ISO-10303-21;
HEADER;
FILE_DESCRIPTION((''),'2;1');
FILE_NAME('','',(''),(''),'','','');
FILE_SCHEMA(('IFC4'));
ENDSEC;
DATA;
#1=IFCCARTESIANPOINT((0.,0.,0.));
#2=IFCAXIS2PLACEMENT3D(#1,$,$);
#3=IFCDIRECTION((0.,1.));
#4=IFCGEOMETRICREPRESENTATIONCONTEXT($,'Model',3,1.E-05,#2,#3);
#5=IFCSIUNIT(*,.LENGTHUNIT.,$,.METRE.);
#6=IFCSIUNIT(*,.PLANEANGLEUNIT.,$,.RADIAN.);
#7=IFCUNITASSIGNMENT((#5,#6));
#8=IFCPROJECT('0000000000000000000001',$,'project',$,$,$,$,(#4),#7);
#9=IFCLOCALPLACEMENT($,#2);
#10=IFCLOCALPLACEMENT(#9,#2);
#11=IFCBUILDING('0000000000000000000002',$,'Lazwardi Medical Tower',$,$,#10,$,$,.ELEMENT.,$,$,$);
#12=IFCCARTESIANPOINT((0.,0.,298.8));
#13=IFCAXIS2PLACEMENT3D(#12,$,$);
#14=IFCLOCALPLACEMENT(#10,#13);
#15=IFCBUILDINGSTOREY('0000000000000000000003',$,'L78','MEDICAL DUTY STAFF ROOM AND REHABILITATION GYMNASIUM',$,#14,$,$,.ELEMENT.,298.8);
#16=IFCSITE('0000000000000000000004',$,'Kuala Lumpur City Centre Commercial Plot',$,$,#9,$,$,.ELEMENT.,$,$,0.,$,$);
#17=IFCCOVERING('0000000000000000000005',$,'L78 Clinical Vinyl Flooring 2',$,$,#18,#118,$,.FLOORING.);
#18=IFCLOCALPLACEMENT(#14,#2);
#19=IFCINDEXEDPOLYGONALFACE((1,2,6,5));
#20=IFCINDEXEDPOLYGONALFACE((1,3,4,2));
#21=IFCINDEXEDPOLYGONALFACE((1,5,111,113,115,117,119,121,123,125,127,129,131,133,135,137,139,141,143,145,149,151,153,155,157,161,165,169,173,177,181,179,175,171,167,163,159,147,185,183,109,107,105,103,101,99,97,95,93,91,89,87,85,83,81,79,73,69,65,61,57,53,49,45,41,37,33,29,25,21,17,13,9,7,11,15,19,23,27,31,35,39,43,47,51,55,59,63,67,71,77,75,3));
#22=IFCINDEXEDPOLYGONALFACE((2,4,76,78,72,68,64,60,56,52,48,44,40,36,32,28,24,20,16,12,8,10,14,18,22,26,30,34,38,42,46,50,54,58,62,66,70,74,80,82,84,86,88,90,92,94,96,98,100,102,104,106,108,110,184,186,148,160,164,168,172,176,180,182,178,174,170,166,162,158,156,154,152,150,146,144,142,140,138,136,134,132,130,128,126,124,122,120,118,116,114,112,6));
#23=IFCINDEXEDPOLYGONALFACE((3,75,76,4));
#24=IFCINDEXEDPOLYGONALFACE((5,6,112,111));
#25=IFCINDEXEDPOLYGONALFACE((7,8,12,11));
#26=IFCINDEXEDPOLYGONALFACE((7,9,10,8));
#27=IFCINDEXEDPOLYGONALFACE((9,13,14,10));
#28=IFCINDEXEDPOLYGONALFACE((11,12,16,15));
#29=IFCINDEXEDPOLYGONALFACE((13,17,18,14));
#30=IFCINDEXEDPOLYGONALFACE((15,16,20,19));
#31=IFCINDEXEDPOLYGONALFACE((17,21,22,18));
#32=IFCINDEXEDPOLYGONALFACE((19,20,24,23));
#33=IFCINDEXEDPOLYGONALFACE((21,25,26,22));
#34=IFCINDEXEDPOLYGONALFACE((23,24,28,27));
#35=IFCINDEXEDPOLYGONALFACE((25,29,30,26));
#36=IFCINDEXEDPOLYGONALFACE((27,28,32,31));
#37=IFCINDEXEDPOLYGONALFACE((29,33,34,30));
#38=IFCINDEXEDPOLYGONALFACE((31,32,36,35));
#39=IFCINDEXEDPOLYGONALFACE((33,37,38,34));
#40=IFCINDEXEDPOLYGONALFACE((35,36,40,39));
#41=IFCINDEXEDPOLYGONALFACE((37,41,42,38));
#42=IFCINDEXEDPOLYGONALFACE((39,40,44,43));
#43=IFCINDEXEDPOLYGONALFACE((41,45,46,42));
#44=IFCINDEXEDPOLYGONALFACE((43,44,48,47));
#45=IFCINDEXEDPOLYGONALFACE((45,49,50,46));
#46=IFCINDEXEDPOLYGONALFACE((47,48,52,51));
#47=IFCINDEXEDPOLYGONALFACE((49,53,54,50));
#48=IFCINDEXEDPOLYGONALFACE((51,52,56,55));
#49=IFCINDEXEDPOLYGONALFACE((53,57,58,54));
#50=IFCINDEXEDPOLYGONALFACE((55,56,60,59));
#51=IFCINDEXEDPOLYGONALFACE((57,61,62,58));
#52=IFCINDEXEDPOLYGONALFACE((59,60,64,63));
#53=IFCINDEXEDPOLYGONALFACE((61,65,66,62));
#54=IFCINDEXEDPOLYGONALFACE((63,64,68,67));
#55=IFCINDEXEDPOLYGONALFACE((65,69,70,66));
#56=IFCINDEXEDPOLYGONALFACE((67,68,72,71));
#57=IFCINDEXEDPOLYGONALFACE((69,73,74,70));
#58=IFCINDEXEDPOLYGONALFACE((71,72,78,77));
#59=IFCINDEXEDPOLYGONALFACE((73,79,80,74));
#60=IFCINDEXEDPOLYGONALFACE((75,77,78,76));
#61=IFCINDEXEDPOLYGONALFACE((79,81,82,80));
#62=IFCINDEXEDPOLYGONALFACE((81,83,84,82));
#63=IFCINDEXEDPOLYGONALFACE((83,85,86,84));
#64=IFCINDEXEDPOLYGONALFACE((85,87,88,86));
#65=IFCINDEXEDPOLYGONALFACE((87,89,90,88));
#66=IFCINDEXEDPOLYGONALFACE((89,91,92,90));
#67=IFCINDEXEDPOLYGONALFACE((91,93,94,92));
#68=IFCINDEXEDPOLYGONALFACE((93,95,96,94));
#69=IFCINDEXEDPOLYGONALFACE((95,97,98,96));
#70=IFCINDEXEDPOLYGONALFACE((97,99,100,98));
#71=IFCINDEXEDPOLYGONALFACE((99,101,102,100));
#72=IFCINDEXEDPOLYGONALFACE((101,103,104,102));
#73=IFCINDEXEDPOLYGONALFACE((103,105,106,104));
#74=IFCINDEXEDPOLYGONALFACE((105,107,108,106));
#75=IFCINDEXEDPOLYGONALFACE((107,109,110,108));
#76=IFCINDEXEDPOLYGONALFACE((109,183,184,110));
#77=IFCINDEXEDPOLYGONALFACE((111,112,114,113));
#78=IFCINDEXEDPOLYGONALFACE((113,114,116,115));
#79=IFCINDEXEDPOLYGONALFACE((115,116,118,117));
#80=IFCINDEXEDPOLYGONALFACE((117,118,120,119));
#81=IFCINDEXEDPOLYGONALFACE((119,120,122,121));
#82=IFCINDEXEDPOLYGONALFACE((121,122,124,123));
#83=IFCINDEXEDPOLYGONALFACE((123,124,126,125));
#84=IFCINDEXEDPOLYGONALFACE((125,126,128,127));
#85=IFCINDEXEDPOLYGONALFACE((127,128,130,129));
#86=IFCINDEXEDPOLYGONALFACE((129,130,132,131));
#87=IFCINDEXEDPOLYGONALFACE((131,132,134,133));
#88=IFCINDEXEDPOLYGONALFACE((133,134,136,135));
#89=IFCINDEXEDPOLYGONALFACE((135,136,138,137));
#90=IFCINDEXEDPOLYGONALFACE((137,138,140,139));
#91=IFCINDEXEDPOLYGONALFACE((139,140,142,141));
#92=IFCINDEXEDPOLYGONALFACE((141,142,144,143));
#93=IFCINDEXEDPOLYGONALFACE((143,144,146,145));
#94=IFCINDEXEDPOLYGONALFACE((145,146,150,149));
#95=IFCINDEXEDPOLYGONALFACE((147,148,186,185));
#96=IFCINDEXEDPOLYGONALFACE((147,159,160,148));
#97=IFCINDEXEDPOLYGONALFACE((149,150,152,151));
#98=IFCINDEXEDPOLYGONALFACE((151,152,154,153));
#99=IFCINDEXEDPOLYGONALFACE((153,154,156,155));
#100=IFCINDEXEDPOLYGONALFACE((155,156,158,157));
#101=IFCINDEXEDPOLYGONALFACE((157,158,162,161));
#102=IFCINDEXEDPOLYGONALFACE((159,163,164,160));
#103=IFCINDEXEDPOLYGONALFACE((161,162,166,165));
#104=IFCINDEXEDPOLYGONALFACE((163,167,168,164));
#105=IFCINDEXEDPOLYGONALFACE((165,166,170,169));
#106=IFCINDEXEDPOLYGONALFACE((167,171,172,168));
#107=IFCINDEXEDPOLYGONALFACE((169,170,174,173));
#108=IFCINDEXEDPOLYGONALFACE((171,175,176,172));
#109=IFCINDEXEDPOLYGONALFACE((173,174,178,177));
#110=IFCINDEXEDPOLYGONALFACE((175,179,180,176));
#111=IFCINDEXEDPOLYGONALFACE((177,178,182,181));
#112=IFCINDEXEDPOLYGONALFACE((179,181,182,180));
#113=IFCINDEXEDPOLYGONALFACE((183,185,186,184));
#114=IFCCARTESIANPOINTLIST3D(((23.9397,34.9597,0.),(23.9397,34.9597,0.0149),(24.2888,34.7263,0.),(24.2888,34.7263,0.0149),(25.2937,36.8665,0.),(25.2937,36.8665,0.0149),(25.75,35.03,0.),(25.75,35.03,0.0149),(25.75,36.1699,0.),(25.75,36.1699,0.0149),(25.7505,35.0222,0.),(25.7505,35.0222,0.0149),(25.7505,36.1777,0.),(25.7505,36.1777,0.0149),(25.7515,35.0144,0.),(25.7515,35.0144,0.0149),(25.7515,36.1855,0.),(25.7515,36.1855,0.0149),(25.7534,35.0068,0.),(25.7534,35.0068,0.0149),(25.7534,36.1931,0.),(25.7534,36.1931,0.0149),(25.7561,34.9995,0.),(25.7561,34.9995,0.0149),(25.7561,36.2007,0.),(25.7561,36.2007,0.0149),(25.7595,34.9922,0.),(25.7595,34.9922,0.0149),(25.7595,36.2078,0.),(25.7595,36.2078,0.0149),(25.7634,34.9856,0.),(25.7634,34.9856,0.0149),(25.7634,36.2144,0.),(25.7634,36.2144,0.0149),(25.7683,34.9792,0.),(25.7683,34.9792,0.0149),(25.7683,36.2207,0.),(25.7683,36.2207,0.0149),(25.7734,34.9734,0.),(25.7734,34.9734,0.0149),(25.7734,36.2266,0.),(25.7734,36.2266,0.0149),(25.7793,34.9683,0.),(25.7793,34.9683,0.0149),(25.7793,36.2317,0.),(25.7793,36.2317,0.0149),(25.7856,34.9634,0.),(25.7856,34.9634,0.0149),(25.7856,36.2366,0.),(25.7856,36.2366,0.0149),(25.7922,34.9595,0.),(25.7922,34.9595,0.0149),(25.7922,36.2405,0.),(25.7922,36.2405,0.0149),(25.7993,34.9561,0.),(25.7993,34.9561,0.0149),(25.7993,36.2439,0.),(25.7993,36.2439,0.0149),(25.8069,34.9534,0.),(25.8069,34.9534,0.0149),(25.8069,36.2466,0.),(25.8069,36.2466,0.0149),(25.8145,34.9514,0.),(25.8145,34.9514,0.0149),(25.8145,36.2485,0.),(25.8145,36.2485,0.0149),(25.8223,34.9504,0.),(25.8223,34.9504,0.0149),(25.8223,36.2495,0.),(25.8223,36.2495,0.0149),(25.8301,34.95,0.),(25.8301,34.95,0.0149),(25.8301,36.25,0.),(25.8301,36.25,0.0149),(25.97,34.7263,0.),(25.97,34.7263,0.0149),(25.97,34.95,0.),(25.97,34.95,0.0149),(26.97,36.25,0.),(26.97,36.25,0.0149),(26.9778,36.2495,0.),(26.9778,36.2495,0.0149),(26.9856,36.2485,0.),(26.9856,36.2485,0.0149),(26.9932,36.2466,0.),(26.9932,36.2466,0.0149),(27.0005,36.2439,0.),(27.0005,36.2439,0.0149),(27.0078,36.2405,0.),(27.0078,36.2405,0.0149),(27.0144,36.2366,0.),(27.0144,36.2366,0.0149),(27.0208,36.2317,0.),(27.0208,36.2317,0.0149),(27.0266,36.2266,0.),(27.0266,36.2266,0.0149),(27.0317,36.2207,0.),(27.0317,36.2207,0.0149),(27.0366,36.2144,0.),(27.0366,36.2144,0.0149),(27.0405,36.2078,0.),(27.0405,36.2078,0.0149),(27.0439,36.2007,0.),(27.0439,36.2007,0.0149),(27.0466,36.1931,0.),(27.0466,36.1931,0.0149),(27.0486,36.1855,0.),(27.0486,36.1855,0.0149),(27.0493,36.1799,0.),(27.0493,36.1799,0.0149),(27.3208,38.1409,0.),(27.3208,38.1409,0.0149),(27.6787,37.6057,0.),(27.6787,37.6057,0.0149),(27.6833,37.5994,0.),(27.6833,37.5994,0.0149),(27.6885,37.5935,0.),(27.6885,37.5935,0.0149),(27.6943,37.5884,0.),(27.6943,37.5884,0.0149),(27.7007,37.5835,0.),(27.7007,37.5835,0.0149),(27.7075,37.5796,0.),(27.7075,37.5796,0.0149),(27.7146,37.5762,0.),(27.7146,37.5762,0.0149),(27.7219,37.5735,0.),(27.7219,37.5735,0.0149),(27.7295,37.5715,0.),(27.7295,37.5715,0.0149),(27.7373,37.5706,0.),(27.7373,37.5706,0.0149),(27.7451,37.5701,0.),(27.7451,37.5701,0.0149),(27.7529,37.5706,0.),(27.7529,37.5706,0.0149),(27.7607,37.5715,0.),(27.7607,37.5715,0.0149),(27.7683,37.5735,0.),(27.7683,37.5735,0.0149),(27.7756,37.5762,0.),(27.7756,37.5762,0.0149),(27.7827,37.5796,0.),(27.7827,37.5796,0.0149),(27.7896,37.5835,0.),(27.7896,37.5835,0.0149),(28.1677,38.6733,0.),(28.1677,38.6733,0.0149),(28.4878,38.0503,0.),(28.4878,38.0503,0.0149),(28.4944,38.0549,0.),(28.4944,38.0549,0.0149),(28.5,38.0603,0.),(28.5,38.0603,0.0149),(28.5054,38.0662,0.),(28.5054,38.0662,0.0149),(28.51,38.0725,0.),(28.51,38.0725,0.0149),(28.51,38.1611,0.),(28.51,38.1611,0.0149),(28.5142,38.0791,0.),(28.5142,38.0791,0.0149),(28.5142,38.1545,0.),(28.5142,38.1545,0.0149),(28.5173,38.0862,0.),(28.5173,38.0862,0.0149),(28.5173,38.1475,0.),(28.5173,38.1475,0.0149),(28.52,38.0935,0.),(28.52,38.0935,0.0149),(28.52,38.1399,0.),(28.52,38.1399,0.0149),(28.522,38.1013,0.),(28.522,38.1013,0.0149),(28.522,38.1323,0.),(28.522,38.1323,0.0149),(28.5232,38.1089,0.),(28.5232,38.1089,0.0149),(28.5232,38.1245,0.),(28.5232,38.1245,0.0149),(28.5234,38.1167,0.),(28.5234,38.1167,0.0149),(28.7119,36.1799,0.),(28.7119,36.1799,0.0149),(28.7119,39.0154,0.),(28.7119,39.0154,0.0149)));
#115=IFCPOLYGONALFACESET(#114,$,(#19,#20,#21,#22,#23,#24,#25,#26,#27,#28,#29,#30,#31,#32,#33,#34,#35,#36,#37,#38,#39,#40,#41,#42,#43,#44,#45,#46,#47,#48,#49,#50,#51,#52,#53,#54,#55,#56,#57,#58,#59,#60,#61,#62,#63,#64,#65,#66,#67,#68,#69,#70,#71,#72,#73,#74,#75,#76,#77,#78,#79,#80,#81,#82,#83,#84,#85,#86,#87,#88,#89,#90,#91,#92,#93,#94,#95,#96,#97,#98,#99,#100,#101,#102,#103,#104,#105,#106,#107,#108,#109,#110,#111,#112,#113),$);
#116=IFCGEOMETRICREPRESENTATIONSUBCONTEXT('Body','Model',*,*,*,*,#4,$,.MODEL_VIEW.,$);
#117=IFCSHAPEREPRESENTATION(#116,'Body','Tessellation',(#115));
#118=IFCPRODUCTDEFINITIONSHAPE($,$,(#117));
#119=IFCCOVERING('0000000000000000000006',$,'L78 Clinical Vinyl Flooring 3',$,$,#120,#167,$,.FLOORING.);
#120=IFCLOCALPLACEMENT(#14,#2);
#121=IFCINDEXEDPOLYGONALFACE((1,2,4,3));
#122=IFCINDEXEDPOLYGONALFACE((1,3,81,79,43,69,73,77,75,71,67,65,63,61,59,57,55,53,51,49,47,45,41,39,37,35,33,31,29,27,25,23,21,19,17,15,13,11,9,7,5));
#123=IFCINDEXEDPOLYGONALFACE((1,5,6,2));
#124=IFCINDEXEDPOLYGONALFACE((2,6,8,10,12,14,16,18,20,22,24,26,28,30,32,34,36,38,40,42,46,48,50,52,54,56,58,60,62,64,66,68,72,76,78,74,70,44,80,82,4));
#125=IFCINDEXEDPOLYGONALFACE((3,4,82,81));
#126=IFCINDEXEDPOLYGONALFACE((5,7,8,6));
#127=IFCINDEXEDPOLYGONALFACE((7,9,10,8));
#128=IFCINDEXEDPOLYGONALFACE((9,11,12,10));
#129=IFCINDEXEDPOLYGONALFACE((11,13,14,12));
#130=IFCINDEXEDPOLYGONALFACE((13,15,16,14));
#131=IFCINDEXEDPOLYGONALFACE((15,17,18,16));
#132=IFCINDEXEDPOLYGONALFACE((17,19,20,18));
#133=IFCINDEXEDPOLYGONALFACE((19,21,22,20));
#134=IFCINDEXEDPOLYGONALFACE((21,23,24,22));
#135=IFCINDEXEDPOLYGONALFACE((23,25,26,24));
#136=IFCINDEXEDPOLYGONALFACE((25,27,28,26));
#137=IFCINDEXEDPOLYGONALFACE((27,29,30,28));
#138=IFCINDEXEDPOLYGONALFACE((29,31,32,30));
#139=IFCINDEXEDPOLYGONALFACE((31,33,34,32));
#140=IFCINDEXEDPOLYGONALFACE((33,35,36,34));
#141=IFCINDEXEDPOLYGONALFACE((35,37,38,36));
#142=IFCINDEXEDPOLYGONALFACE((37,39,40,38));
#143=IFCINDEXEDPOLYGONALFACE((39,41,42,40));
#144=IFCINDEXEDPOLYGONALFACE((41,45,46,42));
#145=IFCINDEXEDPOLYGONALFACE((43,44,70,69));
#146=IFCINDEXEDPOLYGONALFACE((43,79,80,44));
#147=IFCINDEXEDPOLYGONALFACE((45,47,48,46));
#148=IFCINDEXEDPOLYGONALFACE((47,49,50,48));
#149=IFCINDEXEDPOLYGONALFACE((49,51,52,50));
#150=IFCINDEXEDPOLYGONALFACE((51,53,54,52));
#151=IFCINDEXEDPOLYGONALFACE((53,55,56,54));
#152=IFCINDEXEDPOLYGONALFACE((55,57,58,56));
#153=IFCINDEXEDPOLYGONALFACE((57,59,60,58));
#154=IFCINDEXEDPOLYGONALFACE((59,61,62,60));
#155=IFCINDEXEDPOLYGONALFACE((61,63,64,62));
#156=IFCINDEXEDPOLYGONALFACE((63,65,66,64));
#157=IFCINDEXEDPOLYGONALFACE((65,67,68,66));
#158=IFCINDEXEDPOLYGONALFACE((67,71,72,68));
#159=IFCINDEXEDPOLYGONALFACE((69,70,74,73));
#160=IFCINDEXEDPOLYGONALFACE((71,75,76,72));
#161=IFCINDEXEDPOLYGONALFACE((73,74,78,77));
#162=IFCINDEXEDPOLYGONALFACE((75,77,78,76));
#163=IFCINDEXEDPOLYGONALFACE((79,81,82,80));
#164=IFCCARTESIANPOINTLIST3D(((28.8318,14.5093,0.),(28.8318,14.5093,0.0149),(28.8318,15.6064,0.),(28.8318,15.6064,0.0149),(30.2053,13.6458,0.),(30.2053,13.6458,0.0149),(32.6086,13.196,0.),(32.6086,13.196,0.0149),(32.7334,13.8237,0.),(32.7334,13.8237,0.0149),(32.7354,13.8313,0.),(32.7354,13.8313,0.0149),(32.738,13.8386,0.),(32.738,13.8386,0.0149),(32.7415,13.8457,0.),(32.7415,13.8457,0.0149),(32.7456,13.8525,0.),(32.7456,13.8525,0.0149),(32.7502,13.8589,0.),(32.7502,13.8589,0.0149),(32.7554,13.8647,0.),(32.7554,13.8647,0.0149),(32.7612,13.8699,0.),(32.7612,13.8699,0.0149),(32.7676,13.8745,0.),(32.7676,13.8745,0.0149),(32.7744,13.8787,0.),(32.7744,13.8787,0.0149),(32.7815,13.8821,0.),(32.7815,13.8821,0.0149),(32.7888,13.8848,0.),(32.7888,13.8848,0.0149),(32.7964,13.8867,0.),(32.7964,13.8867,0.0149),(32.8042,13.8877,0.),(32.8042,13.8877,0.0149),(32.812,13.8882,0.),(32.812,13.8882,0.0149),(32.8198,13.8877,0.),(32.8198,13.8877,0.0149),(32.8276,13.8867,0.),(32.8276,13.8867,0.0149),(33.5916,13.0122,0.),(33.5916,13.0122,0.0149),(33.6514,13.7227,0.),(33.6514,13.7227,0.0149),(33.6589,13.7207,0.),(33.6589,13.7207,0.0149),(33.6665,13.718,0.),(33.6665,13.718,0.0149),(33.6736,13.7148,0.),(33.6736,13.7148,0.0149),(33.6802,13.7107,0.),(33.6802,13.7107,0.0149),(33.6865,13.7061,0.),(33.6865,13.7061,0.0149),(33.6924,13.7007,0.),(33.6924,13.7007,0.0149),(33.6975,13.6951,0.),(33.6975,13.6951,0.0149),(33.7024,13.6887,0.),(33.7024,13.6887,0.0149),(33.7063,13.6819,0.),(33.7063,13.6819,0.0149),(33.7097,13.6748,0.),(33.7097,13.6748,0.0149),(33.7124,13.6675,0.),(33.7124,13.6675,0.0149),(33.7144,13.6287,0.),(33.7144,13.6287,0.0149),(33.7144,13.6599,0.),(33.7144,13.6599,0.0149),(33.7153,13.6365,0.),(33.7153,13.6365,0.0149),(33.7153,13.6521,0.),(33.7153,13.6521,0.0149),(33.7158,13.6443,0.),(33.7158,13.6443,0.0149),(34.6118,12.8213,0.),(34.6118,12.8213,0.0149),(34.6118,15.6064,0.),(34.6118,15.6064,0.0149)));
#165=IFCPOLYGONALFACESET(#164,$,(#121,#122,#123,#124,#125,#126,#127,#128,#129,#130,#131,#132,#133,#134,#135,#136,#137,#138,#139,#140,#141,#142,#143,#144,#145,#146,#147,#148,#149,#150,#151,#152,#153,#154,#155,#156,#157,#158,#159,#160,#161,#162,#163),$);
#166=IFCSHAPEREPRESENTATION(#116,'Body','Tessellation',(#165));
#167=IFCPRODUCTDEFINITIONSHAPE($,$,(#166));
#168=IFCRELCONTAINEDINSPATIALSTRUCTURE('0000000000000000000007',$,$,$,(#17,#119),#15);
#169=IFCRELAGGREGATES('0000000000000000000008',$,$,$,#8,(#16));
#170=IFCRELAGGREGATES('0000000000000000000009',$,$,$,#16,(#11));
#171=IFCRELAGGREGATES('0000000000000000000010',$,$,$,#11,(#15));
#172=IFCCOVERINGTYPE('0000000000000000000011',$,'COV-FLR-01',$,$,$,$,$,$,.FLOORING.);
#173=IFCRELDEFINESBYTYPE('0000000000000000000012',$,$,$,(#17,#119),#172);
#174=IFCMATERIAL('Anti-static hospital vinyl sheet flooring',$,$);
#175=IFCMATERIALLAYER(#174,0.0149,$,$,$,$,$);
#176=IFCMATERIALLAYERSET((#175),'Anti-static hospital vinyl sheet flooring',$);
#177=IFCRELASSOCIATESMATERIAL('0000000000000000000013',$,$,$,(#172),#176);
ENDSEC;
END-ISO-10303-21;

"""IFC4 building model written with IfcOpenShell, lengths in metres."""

from ifc_helpers import new_model, si_unit, direction, frame, origin, place, context, subcontext, project, spatial, polyline, outline, extrude, material, layer, layer_set, type_object, element, save


model = new_model("IFC4")

# Units and contexts
model_context = context("Model", 3, precision=1e-05, world=origin(), true_north=direction((0.0, 1.0)))
body_context = subcontext(model_context, "Body", "Model", "MODEL_VIEW")
ifc_project = project(units=[si_unit("LENGTHUNIT", "METRE"), si_unit("PLANEANGLEUNIT", "RADIAN")], contexts=[model_context])

# Site, building, storey
site_placement = place(None, origin())
site = spatial("IfcSite", under=ifc_project, at=site_placement, Name="Kuala Lumpur City Centre Commercial Plot", CompositionType="ELEMENT", RefElevation=0.0)
building_placement = place(site_placement, origin())
building = spatial("IfcBuilding", under=site, at=building_placement, Name="Lazwardi Medical Tower", CompositionType="ELEMENT")
storey_placement = place(building_placement, frame((0.0, 0.0, 298.8)))
storey = spatial("IfcBuildingStorey", under=building, at=storey_placement, Name="L78", Description="MEDICAL DUTY STAFF ROOM AND REHABILITATION GYMNASIUM", CompositionType="ELEMENT", Elevation=298.8)

# Coverings
ifc_material_1 = material(Name="Anti-static hospital vinyl sheet flooring")
ifc_layer_1 = layer(ifc_material_1, 0.0149)
ifc_layer_set_1 = layer_set([ifc_layer_1], Name="Anti-static hospital vinyl sheet flooring")
covering_type_1 = type_object("IfcCoveringType", Name="COV-FLR-01", PredefinedType="FLOORING", material=ifc_layer_set_1)
covering_1_placement = place(storey_placement, origin())
element("IfcCovering", 1, at=covering_1_placement, inside=storey, type_object=covering_type_1, Name="L78 Clinical Vinyl Flooring 2", PredefinedType="FLOORING", context=body_context, shape_type="SweptSolid", body=[
    extrude(outline(polyline([(28.7119, 39.0154), (28.1677, 38.6733), (28.51, 38.1611), (28.5142, 38.1545), (28.5173, 38.1475), (28.52, 38.1399), (28.522, 38.1323), (28.5232, 38.1245), (28.5234, 38.1167), (28.5232, 38.1089), (28.522, 38.1013), (28.52, 38.0935), (28.5173, 38.0862), (28.5142, 38.0791), (28.51, 38.0725), (28.5054, 38.0662), (28.5, 38.0603), (28.4944, 38.0549), (28.4878, 38.0503), (27.7896, 37.5835), (27.7827, 37.5796), (27.7756, 37.5762), (27.7683, 37.5735), (27.7607, 37.5715), (27.7529, 37.5706), (27.7451, 37.5701), (27.7373, 37.5706), (27.7295, 37.5715), (27.7219, 37.5735), (27.7146, 37.5762), (27.7075, 37.5796), (27.7007, 37.5835), (27.6943, 37.5884), (27.6885, 37.5935), (27.6833, 37.5994), (27.6787, 37.6057), (27.3208, 38.1409), (25.2937, 36.8665), (23.9397, 34.9597), (24.2888, 34.7263), (25.97, 34.7263), (25.97, 34.95), (25.8301, 34.95), (25.8223, 34.9504), (25.8145, 34.9514), (25.8069, 34.9534), (25.7993, 34.9561), (25.7922, 34.9595), (25.7856, 34.9634), (25.7793, 34.9683), (25.7734, 34.9734), (25.7683, 34.9792), (25.7634, 34.9856), (25.7595, 34.9922), (25.7561, 34.9995), (25.7534, 35.0068), (25.7515, 35.0144), (25.7505, 35.0222), (25.75, 35.03), (25.75, 36.1699), (25.7505, 36.1777), (25.7515, 36.1855), (25.7534, 36.1931), (25.7561, 36.2007), (25.7595, 36.2078), (25.7634, 36.2144), (25.7683, 36.2207), (25.7734, 36.2266), (25.7793, 36.2317), (25.7856, 36.2366), (25.7922, 36.2405), (25.7993, 36.2439), (25.8069, 36.2466), (25.8145, 36.2485), (25.8223, 36.2495), (25.8301, 36.25), (26.97, 36.25), (26.9778, 36.2495), (26.9856, 36.2485), (26.9932, 36.2466), (27.0005, 36.2439), (27.0078, 36.2405), (27.0144, 36.2366), (27.0208, 36.2317), (27.0266, 36.2266), (27.0317, 36.2207), (27.0366, 36.2144), (27.0405, 36.2078), (27.0439, 36.2007), (27.0466, 36.1931), (27.0486, 36.1855), (27.0493, 36.1799), (28.7119, 36.1799), (28.7119, 39.0154)])), origin(), (0.0, 0.0, 1.0), 0.0149),
])
covering_2_placement = place(storey_placement, origin())
element("IfcCovering", 2, at=covering_2_placement, inside=storey, type_object=covering_type_1, Name="L78 Clinical Vinyl Flooring 3", PredefinedType="FLOORING", context=body_context, shape_type="SweptSolid", body=[
    extrude(outline(polyline([(28.8318, 14.5093), (30.2053, 13.6458), (32.6086, 13.196), (32.7334, 13.8237), (32.7354, 13.8313), (32.738, 13.8386), (32.7415, 13.8457), (32.7456, 13.8525), (32.7502, 13.8589), (32.7554, 13.8647), (32.7612, 13.8699), (32.7676, 13.8745), (32.7744, 13.8787), (32.7815, 13.8821), (32.7888, 13.8848), (32.7964, 13.8867), (32.8042, 13.8877), (32.812, 13.8882), (32.8198, 13.8877), (32.8276, 13.8867), (33.6514, 13.7227), (33.6589, 13.7207), (33.6665, 13.718), (33.6736, 13.7148), (33.6802, 13.7107), (33.6865, 13.7061), (33.6924, 13.7007), (33.6975, 13.6951), (33.7024, 13.6887), (33.7063, 13.6819), (33.7097, 13.6748), (33.7124, 13.6675), (33.7144, 13.6599), (33.7153, 13.6521), (33.7158, 13.6443), (33.7153, 13.6365), (33.7144, 13.6287), (33.5916, 13.0122), (34.6118, 12.8213), (34.6118, 15.6064), (28.8318, 15.6064), (28.8318, 14.5093)])), origin(), (0.0, 0.0, 1.0), 0.0149),
])

save(model, "model.ifc")
